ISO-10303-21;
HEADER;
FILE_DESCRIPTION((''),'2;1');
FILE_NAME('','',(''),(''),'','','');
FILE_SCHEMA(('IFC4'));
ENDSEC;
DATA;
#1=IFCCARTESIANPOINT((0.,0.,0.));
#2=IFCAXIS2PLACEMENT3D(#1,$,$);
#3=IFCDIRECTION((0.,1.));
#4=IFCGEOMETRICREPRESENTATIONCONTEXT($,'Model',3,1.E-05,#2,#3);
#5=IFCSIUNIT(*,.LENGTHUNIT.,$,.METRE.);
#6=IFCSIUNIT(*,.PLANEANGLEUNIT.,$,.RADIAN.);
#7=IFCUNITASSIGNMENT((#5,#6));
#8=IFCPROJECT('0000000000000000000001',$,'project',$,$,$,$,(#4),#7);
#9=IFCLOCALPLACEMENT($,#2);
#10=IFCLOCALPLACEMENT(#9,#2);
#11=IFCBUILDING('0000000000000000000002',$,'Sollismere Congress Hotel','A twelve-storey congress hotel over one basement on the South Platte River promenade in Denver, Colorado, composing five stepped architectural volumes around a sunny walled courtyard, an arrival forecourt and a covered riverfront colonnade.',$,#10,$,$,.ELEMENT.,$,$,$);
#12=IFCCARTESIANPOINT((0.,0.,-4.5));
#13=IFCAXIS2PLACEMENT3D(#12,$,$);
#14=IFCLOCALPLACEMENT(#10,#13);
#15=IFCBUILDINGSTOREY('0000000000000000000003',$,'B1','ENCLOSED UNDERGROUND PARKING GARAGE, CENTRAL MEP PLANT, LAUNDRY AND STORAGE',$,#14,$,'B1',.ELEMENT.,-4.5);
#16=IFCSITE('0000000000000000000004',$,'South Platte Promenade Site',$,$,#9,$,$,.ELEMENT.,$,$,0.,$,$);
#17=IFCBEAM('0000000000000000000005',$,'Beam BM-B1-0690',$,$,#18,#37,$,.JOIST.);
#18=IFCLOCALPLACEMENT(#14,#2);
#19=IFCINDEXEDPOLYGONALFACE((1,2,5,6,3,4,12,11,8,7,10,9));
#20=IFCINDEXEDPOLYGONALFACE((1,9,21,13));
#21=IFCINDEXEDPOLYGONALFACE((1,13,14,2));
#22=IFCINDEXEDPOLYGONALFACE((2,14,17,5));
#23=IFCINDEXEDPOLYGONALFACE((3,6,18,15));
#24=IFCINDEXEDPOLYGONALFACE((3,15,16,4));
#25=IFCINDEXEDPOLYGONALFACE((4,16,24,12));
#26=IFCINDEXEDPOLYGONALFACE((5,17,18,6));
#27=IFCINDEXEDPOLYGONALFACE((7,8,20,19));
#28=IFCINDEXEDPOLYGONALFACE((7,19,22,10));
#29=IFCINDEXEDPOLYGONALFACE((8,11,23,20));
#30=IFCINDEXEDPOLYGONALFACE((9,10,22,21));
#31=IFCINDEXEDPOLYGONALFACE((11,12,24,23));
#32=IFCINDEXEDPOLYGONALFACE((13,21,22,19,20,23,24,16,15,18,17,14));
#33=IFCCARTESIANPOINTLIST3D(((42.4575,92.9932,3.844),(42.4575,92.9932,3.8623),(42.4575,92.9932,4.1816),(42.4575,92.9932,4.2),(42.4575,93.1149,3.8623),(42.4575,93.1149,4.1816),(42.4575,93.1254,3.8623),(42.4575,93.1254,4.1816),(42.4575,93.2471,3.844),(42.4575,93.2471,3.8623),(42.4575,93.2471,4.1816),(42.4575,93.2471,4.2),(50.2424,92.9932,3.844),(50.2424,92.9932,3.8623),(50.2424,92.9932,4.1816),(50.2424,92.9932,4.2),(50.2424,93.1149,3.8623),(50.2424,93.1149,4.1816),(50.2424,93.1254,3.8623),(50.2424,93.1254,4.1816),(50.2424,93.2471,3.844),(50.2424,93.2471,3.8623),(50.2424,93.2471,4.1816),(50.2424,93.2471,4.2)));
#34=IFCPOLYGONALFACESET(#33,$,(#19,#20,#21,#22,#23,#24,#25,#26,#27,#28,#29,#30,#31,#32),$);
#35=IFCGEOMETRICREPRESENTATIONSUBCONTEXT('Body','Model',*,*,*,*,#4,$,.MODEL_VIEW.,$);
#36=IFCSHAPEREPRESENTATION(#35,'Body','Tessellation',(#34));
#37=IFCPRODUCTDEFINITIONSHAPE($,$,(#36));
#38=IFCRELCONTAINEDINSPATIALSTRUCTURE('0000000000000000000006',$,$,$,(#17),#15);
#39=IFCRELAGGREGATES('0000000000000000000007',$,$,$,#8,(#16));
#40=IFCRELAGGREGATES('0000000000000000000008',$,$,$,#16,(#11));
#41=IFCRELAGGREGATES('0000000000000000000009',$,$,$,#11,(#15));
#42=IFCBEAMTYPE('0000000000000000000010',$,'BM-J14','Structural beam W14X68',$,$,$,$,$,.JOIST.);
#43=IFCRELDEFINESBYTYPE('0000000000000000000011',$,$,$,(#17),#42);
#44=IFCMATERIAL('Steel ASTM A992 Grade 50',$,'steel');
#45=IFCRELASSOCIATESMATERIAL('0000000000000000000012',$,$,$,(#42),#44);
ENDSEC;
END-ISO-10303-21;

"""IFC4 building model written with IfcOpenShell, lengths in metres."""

from ifc_helpers import new_model, si_unit, direction, frame, origin, origin_2d, place, context, subcontext, project, spatial, i_section, extrude, material, material_profile, profile_set, type_object, element, save


model = new_model("IFC4")

# Units and contexts
model_context = context("Model", 3, precision=1e-05, world=origin(), true_north=direction((0.0, 1.0)))
body_context = subcontext(model_context, "Body", "Model", "MODEL_VIEW")
ifc_project = project(units=[si_unit("LENGTHUNIT", "METRE"), si_unit("PLANEANGLEUNIT", "RADIAN")], contexts=[model_context])

# Site, building, storey
site_placement = place(None, origin())
site = spatial("IfcSite", under=ifc_project, at=site_placement, Name="South Platte Promenade Site", CompositionType="ELEMENT", RefElevation=0.0)
building_placement = place(site_placement, origin())
building = spatial("IfcBuilding", under=site, at=building_placement, Name="Sollismere Congress Hotel", Description="A twelve-storey congress hotel over one basement on the South Platte River promenade in Denver, Colorado, composing five stepped architectural volumes around a sunny walled courtyard, an arrival forecourt and a covered riverfront colonnade.", CompositionType="ELEMENT")
storey_placement = place(building_placement, frame((0.0, 0.0, -4.5)))
storey = spatial("IfcBuildingStorey", under=building, at=storey_placement, Name="B1", Description="ENCLOSED UNDERGROUND PARKING GARAGE, CENTRAL MEP PLANT, LAUNDRY AND STORAGE", LongName="B1", CompositionType="ELEMENT", Elevation=-4.5)

# Beam
ifc_material_1 = material(Name="Steel ASTM A992 Grade 50", Category="steel")
ifc_material_profile_1 = material_profile(ifc_material_1, i_section(OverallWidth=0.2539, OverallDepth=0.356, WebThickness=0.0105, FlangeThickness=0.0183, at=origin_2d()), Name="W14X68")
ifc_profile_set_1 = profile_set([ifc_material_profile_1], Name="Steel ASTM A992 Grade 50")
beam_type_1 = type_object("IfcBeamType", Name="BM-J14", Description="Structural beam W14X68", PredefinedType="JOIST", material=ifc_profile_set_1)
for number, where, z_axis, x_axis, name in (
    (1, (42.4575, 93.1201, 4.022), (1.0, 0.0, 0.0), (0.0, 1.0, 0.0), "Beam BM-B1-0690"),
):
    element("IfcBeam", number, at=place(storey_placement, frame(where, z_axis=z_axis, x_axis=x_axis)), inside=storey, type_object=beam_type_1, Name=name, PredefinedType="JOIST", context=body_context, shape_type="SweptSolid", body=[
        extrude(i_section(OverallWidth=0.2539, OverallDepth=0.356, WebThickness=0.0105, FlangeThickness=0.0183, at=origin_2d()), origin(), (0.0, 0.0, 1.0), 7.7849),
    ])

save(model, "model.ifc")
